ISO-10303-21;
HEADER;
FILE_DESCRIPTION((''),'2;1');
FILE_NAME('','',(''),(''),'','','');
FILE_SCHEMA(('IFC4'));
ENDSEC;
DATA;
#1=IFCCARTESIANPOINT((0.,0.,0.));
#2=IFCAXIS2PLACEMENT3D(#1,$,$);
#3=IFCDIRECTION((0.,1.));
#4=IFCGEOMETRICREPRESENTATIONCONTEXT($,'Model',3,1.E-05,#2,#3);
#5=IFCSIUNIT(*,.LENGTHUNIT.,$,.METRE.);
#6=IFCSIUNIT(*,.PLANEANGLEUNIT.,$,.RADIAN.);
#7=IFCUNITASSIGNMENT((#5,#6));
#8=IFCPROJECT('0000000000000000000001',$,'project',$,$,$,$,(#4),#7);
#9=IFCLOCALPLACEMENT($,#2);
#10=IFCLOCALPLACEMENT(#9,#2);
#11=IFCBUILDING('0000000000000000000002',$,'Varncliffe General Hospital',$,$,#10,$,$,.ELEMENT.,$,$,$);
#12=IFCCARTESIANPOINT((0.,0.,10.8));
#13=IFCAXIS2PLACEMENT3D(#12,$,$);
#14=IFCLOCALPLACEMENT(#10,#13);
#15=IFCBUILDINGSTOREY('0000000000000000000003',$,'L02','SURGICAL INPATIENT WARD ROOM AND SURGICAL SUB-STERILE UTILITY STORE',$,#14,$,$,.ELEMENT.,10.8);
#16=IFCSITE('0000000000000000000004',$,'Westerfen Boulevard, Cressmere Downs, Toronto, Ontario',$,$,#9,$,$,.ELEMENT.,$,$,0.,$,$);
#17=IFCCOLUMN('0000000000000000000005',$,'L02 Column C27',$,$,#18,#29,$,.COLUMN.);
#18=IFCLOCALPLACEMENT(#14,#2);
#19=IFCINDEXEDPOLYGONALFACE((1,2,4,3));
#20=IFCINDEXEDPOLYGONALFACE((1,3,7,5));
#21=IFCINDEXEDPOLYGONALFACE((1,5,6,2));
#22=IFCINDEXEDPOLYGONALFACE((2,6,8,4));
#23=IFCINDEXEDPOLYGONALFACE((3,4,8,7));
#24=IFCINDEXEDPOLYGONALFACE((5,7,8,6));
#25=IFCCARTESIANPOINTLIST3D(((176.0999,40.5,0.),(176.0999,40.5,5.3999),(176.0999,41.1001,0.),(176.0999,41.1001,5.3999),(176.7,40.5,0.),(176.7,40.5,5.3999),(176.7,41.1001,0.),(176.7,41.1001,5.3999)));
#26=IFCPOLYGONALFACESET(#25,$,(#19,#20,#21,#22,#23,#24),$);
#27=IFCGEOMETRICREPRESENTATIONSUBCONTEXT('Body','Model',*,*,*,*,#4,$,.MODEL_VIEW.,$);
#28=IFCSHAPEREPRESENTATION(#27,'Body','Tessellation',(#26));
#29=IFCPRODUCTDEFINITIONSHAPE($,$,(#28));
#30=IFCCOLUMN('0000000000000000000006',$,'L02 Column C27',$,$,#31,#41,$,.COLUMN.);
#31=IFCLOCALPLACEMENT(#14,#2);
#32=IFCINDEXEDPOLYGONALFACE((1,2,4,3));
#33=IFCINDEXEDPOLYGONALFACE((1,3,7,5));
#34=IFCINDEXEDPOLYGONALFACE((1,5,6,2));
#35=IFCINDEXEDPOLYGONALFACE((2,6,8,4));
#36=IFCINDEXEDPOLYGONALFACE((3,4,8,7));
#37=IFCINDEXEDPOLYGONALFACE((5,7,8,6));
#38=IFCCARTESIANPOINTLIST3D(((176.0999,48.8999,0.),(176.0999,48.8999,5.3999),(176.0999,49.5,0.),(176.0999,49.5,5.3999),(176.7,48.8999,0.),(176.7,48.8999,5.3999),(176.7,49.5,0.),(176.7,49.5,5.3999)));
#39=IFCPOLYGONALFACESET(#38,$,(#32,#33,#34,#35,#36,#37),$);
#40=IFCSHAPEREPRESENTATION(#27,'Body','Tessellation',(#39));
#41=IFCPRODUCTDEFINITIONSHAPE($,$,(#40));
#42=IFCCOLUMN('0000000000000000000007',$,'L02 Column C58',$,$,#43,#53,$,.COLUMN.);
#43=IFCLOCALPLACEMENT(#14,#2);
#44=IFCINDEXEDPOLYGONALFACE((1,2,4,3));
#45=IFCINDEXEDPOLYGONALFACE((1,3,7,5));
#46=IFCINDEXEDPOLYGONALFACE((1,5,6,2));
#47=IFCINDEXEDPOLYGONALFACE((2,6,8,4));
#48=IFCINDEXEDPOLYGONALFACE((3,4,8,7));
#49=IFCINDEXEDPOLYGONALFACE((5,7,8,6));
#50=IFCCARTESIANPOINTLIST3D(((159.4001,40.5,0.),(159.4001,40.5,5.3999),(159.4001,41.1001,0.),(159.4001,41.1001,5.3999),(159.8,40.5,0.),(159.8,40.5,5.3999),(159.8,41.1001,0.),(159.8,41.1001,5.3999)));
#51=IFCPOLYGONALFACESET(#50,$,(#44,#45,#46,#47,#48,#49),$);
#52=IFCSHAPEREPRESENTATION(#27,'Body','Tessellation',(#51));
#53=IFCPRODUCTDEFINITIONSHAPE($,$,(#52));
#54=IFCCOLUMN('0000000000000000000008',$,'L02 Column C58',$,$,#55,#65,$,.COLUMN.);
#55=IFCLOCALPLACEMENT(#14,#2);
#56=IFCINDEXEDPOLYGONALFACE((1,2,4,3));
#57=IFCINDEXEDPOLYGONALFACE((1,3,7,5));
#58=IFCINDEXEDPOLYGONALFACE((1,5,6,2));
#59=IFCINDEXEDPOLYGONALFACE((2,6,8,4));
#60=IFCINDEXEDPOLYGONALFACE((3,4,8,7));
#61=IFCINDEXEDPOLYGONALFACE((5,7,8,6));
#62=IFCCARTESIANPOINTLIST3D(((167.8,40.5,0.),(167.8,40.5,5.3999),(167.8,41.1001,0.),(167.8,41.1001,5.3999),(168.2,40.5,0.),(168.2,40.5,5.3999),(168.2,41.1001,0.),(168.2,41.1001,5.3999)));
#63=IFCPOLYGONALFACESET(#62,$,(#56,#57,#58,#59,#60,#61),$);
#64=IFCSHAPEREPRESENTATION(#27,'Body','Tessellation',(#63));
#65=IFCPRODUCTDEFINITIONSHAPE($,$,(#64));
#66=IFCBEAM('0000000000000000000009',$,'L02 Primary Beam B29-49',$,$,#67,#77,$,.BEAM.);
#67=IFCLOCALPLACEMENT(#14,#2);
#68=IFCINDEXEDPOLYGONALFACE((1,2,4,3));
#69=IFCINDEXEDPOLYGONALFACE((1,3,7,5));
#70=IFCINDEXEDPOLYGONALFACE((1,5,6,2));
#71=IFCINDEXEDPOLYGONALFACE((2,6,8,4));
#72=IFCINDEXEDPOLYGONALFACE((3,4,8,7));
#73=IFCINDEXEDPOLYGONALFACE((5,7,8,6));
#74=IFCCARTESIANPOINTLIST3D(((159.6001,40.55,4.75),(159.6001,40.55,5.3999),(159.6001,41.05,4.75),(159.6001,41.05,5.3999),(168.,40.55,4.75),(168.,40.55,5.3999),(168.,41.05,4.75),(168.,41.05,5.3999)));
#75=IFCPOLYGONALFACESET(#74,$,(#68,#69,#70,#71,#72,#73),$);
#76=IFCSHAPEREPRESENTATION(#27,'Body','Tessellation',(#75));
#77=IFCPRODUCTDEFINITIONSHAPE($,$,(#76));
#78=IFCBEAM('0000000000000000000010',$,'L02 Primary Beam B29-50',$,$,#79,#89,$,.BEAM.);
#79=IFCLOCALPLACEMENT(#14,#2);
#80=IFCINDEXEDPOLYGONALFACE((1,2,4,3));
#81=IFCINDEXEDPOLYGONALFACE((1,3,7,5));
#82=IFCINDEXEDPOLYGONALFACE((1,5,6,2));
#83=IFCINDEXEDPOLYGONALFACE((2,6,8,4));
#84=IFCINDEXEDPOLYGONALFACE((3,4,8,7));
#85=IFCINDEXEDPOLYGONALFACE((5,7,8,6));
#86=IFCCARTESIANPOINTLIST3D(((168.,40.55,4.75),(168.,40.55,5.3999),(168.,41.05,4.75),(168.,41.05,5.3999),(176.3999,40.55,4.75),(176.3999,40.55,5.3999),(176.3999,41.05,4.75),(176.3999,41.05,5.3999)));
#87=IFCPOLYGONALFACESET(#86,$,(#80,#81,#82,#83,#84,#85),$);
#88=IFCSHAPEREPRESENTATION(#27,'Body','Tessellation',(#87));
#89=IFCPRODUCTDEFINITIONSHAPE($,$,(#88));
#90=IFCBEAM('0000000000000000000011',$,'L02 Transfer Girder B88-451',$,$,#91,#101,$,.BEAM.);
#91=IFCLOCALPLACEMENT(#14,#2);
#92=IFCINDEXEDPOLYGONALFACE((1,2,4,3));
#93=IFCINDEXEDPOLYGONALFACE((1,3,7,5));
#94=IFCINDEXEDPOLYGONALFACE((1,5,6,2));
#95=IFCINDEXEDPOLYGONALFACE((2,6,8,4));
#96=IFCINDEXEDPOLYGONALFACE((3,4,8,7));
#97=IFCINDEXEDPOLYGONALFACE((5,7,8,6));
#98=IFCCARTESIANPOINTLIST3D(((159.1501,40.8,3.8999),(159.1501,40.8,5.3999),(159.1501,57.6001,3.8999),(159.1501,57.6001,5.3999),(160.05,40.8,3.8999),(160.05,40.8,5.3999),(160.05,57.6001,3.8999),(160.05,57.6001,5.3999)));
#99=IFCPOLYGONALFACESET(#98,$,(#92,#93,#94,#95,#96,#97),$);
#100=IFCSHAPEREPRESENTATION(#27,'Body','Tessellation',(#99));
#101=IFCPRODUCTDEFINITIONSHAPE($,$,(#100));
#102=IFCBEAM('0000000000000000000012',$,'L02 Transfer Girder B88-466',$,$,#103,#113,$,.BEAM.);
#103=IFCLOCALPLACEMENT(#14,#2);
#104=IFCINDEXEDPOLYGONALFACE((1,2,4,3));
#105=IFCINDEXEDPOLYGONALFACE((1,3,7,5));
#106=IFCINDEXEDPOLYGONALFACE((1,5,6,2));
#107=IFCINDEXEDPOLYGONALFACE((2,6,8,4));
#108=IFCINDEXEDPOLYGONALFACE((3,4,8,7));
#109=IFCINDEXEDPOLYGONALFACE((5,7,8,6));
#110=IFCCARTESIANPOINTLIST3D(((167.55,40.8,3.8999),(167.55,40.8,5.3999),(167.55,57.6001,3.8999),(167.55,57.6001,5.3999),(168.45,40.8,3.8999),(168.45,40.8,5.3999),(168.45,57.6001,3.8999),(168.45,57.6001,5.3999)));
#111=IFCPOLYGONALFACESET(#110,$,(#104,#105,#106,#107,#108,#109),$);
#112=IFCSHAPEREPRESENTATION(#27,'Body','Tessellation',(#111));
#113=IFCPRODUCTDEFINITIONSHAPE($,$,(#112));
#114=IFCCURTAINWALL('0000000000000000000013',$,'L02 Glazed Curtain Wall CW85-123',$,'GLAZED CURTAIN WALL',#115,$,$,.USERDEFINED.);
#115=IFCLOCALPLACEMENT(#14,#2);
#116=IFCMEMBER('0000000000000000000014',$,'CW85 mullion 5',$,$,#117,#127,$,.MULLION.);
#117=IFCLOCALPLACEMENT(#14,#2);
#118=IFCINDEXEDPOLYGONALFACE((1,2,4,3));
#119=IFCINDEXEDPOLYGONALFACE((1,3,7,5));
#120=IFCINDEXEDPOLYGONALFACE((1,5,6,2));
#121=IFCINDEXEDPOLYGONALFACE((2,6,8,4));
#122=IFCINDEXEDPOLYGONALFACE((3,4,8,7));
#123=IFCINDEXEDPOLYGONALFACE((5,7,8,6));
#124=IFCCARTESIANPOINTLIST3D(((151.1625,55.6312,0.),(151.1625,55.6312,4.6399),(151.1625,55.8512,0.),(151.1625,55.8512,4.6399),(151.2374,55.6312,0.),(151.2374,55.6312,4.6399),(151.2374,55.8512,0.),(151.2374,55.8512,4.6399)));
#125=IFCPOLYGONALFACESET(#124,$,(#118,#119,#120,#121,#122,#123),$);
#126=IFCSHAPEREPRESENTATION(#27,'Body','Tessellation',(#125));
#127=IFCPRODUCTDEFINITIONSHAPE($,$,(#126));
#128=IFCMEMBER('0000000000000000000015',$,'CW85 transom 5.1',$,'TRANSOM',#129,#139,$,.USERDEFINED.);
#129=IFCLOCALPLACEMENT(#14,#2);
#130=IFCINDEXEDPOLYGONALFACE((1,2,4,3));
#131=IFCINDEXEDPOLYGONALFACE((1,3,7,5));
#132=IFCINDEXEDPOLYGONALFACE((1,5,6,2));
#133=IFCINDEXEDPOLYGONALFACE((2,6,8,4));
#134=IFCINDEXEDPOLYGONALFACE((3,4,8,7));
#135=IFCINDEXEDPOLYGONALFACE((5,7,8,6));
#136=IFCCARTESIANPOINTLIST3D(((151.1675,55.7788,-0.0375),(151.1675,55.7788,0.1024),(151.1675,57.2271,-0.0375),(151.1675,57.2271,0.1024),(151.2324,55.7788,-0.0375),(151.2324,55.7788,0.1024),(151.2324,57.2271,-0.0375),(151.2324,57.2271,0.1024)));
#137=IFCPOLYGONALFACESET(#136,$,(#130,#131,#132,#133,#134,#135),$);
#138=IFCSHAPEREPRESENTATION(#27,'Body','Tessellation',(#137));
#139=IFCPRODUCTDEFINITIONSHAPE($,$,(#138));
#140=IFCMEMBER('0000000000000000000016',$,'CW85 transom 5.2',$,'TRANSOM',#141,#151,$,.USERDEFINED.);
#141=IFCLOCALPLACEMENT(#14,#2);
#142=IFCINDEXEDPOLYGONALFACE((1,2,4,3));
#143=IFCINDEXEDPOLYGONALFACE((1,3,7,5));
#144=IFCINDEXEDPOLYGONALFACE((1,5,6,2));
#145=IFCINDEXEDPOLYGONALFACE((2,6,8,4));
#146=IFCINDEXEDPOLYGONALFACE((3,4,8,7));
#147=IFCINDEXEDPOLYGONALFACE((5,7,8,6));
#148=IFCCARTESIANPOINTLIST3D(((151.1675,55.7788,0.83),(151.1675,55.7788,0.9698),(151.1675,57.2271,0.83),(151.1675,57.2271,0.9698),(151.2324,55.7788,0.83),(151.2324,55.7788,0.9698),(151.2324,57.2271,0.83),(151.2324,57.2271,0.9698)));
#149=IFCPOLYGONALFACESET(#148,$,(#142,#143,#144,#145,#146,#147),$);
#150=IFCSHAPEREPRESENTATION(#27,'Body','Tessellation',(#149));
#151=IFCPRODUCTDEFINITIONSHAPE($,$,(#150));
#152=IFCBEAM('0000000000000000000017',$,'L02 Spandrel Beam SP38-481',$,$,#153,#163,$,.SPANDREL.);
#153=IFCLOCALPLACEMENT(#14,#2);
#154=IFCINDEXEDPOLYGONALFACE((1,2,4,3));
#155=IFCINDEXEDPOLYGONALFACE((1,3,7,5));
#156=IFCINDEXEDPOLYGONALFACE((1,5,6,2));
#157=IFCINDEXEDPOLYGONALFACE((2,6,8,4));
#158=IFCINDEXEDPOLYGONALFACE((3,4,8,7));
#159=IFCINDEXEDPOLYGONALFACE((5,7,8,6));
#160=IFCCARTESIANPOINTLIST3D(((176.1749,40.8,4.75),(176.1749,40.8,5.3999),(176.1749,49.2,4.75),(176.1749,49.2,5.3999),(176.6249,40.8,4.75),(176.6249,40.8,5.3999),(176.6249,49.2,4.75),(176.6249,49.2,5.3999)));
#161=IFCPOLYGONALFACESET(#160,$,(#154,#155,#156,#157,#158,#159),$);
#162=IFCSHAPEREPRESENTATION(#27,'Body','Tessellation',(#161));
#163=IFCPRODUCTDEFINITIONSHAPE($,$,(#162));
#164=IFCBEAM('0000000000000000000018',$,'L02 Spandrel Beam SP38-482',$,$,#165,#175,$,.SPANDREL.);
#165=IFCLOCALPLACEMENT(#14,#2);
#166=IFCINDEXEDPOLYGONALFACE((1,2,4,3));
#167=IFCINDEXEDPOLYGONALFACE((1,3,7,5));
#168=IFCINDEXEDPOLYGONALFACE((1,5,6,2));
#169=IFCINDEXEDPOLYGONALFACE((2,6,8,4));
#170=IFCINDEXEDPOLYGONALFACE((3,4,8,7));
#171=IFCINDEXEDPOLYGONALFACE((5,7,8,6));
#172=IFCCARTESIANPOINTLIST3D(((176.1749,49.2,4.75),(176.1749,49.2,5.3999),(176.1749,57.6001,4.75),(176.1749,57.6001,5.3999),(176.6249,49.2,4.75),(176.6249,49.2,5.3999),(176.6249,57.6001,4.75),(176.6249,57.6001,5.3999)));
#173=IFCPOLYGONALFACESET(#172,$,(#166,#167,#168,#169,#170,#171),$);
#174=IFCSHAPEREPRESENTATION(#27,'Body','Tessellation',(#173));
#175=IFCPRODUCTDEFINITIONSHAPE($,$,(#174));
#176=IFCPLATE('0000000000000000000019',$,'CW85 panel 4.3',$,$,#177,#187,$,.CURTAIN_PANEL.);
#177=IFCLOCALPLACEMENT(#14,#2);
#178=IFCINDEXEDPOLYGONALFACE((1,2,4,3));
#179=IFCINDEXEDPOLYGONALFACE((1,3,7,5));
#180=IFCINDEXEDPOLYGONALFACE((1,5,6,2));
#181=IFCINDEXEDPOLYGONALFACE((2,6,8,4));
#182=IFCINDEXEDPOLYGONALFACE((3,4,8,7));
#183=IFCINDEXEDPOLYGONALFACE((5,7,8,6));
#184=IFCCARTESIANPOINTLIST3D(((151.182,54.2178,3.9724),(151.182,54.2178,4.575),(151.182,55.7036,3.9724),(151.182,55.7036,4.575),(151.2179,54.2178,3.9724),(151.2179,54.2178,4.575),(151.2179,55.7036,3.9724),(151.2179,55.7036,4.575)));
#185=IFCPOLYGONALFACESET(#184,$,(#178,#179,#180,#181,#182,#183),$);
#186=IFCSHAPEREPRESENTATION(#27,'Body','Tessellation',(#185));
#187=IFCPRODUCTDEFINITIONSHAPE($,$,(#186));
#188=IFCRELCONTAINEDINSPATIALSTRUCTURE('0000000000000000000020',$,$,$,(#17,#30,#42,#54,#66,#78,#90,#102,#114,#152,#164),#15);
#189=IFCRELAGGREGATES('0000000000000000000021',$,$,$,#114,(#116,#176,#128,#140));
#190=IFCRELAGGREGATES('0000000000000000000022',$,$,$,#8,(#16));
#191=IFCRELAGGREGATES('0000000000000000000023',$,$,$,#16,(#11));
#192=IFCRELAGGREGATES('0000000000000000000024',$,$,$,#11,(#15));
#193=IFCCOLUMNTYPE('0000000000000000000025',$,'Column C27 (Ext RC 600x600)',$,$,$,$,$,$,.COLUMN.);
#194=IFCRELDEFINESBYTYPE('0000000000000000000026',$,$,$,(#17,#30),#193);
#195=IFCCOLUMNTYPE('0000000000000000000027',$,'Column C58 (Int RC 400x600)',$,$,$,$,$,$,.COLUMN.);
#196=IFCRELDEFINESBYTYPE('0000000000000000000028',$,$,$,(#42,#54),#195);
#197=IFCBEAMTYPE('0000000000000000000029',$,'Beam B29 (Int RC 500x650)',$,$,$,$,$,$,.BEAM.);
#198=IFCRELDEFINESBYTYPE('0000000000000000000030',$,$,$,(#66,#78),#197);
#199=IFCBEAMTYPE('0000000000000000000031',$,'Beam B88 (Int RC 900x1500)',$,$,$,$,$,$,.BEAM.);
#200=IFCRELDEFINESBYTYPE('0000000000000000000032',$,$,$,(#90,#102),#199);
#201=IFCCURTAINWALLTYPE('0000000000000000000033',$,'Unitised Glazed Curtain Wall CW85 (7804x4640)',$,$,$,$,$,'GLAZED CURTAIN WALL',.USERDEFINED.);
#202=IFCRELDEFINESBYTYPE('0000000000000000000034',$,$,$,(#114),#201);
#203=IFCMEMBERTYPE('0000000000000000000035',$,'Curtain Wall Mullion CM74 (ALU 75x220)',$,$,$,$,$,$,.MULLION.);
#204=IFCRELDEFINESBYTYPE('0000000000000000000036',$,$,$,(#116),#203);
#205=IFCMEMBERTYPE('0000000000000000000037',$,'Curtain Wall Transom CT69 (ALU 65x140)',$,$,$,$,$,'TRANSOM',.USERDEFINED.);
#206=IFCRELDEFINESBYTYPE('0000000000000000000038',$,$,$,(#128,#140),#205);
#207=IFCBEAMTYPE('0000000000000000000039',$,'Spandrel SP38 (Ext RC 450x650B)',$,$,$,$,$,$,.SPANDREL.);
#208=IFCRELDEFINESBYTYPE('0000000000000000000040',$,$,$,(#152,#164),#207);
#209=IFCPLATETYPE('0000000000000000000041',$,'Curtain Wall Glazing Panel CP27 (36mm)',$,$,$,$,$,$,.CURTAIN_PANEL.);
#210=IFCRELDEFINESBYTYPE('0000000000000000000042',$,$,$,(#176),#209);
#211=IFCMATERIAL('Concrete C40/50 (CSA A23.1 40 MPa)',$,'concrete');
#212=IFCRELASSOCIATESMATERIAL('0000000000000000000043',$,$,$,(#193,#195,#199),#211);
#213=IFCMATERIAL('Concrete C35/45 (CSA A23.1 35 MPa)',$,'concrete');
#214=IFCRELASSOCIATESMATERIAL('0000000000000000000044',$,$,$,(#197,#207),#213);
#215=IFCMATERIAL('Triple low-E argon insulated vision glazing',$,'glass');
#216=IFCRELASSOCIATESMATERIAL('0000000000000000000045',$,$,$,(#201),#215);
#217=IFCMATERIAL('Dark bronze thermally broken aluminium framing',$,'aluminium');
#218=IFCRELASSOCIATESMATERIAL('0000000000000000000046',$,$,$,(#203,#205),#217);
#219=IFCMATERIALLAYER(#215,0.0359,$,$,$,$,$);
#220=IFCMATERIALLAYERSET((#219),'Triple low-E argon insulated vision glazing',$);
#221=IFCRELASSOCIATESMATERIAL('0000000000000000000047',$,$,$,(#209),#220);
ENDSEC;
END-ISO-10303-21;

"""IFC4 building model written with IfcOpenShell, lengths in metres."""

from ifc_helpers import new_model, si_unit, direction, frame, origin, origin_2d, place, context, subcontext, project, spatial, rectangle, extrude, material, layer, layer_set, material_profile, profile_set, type_object, element, aggregate, save


model = new_model("IFC4")

# Units and contexts
model_context = context("Model", 3, precision=1e-05, world=origin(), true_north=direction((0.0, 1.0)))
body_context = subcontext(model_context, "Body", "Model", "MODEL_VIEW")
ifc_project = project(units=[si_unit("LENGTHUNIT", "METRE"), si_unit("PLANEANGLEUNIT", "RADIAN")], contexts=[model_context])

# Site, building, storey
site_placement = place(None, origin())
site = spatial("IfcSite", under=ifc_project, at=site_placement, Name="Westerfen Boulevard, Cressmere Downs, Toronto, Ontario", CompositionType="ELEMENT", RefElevation=0.0)
building_placement = place(site_placement, origin())
building = spatial("IfcBuilding", under=site, at=building_placement, Name="Varncliffe General Hospital", CompositionType="ELEMENT")
storey_placement = place(building_placement, frame((0.0, 0.0, 10.8)))
storey = spatial("IfcBuildingStorey", under=building, at=storey_placement, Name="L02", Description="SURGICAL INPATIENT WARD ROOM AND SURGICAL SUB-STERILE UTILITY STORE", CompositionType="ELEMENT", Elevation=10.8)

# Columns
ifc_material_1 = material(Name="Concrete C40/50 (CSA A23.1 40 MPa)", Category="concrete")
ifc_material_profile_1 = material_profile(ifc_material_1, rectangle(XDim=0.6001, YDim=0.6001, at=origin_2d()), Name="RC 600x600")
ifc_profile_set_1 = profile_set([ifc_material_profile_1], Name="Concrete C40/50 (CSA A23.1 40 MPa)")
column_type_1 = type_object("IfcColumnType", Name="Column C27 (Ext RC 600x600)", PredefinedType="COLUMN", material=ifc_profile_set_1)
for number, where, z_axis, x_axis, name in (
    (1, (176.3999, 40.8, 0.0), (0.0, 0.0, 1.0), (1.0, 0.0, 0.0), "L02 Column C27"),
    (2, (176.3999, 49.2, 0.0), (0.0, 0.0, 1.0), (1.0, 0.0, 0.0), "L02 Column C27"),
):
    element("IfcColumn", number, at=place(storey_placement, frame(where, z_axis=z_axis, x_axis=x_axis)), inside=storey, type_object=column_type_1, Name=name, PredefinedType="COLUMN", context=body_context, shape_type="SweptSolid", body=[
        extrude(rectangle(XDim=0.6001, YDim=0.6001, at=origin_2d()), origin(), (0.0, 0.0, 1.0), 5.3999),
    ])
ifc_material_profile_2 = material_profile(ifc_material_1, rectangle(XDim=0.3999, YDim=0.6001, at=origin_2d()), Name="RC 400x600")
ifc_profile_set_2 = profile_set([ifc_material_profile_2], Name="Concrete C40/50 (CSA A23.1 40 MPa)")
column_type_2 = type_object("IfcColumnType", Name="Column C58 (Int RC 400x600)", PredefinedType="COLUMN", material=ifc_profile_set_2)
for number, where, z_axis, x_axis, name in (
    (3, (159.6001, 40.8, 0.0), (0.0, 0.0, 1.0), (1.0, 0.0, 0.0), "L02 Column C58"),
    (4, (168.0, 40.8, 0.0), (0.0, 0.0, 1.0), (1.0, 0.0, 0.0), "L02 Column C58"),
):
    element("IfcColumn", number, at=place(storey_placement, frame(where, z_axis=z_axis, x_axis=x_axis)), inside=storey, type_object=column_type_2, Name=name, PredefinedType="COLUMN", context=body_context, shape_type="SweptSolid", body=[
        extrude(rectangle(XDim=0.3999, YDim=0.6001, at=origin_2d()), origin(), (0.0, 0.0, 1.0), 5.3999),
    ])

# Beams
ifc_material_2 = material(Name="Concrete C35/45 (CSA A23.1 35 MPa)", Category="concrete")
ifc_material_profile_3 = material_profile(ifc_material_2, rectangle(XDim=0.5, YDim=0.6499, at=origin_2d()), Name="RC 500x650")
ifc_profile_set_3 = profile_set([ifc_material_profile_3], Name="Concrete C35/45 (CSA A23.1 35 MPa)")
beam_type_1 = type_object("IfcBeamType", Name="Beam B29 (Int RC 500x650)", PredefinedType="BEAM", material=ifc_profile_set_3)
for number, where, z_axis, x_axis, name in (
    (5, (159.6001, 40.8, 5.075), (1.0, 0.0, 0.0), (0.0, 1.0, 0.0), "L02 Primary Beam B29-49"),
    (6, (168.0, 40.8, 5.075), (1.0, 0.0, 0.0), (0.0, 1.0, 0.0), "L02 Primary Beam B29-50"),
):
    element("IfcBeam", number, at=place(storey_placement, frame(where, z_axis=z_axis, x_axis=x_axis)), inside=storey, type_object=beam_type_1, Name=name, PredefinedType="BEAM", context=body_context, shape_type="SweptSolid", body=[
        extrude(rectangle(XDim=0.5, YDim=0.6499, at=origin_2d()), origin(), (0.0, 0.0, 1.0), 8.3999),
    ])
ifc_material_profile_4 = material_profile(ifc_material_1, rectangle(XDim=0.8999, YDim=1.5, at=origin_2d()), Name="RC 900x1500")
ifc_profile_set_4 = profile_set([ifc_material_profile_4], Name="Concrete C40/50 (CSA A23.1 40 MPa)")
beam_type_2 = type_object("IfcBeamType", Name="Beam B88 (Int RC 900x1500)", PredefinedType="BEAM", material=ifc_profile_set_4)
for number, where, z_axis, x_axis, name in (
    (7, (159.6001, 40.8, 4.6499), (0.0, 1.0, 0.0), (-1.0, 0.0, 0.0), "L02 Transfer Girder B88-451"),
    (8, (168.0, 40.8, 4.6499), (0.0, 1.0, 0.0), (-1.0, 0.0, 0.0), "L02 Transfer Girder B88-466"),
):
    element("IfcBeam", number, at=place(storey_placement, frame(where, z_axis=z_axis, x_axis=x_axis)), inside=storey, type_object=beam_type_2, Name=name, PredefinedType="BEAM", context=body_context, shape_type="SweptSolid", body=[
        extrude(rectangle(XDim=0.8999, YDim=1.5, at=origin_2d()), origin(), (0.0, 0.0, 1.0), 16.8),
    ])

# Curtain wall, members
ifc_material_3 = material(Name="Triple low-E argon insulated vision glazing", Category="glass")
curtain_wall_type = type_object("IfcCurtainWallType", Name="Unitised Glazed Curtain Wall CW85 (7804x4640)", ElementType="GLAZED CURTAIN WALL", PredefinedType="USERDEFINED", material=ifc_material_3)
curtain_wall_placement = place(storey_placement, origin())
curtain_wall = element("IfcCurtainWall", 9, at=curtain_wall_placement, inside=storey, type_object=curtain_wall_type, Name="L02 Glazed Curtain Wall CW85-123", ObjectType="GLAZED CURTAIN WALL", PredefinedType="USERDEFINED")
ifc_material_4 = material(Name="Dark bronze thermally broken aluminium framing", Category="aluminium")
ifc_material_profile_5 = material_profile(ifc_material_4, rectangle(XDim=0.075, YDim=0.22, at=origin_2d()), Name="ALU 75x220")
ifc_profile_set_5 = profile_set([ifc_material_profile_5], Name="Dark bronze thermally broken aluminium framing")
member_type_1 = type_object("IfcMemberType", Name="Curtain Wall Mullion CM74 (ALU 75x220)", PredefinedType="MULLION", material=ifc_profile_set_5)
member_1_placement = place(storey_placement, frame((151.2, 55.7412, 0.0), z_axis=(0.0, 0.0, 1.0), x_axis=(-1.0, 0.0, 0.0)))
member_1 = element("IfcMember", 10, at=member_1_placement, type_object=member_type_1, Name="CW85 mullion 5", PredefinedType="MULLION", context=body_context, shape_type="SweptSolid", body=[
    extrude(rectangle(XDim=0.075, YDim=0.22, at=origin_2d()), origin(), (0.0, 0.0, 1.0), 4.6399),
])
ifc_material_profile_6 = material_profile(ifc_material_4, rectangle(XDim=0.0649, YDim=0.1399, at=origin_2d()), Name="ALU 65x140")
ifc_profile_set_6 = profile_set([ifc_material_profile_6], Name="Dark bronze thermally broken aluminium framing")
member_type_2 = type_object("IfcMemberType", Name="Curtain Wall Transom CT69 (ALU 65x140)", ElementType="TRANSOM", PredefinedType="USERDEFINED", material=ifc_profile_set_6)
member_2_placement = place(storey_placement, frame((151.2, 55.7788, 0.0325), z_axis=(0.0, 1.0, 0.0), x_axis=(-1.0, 0.0, 0.0)))
member_2 = element("IfcMember", 11, at=member_2_placement, type_object=member_type_2, Name="CW85 transom 5.1", ObjectType="TRANSOM", PredefinedType="USERDEFINED", context=body_context, shape_type="SweptSolid", body=[
    extrude(rectangle(XDim=0.0649, YDim=0.1399, at=origin_2d()), origin(), (0.0, 0.0, 1.0), 1.4482),
])
member_3_placement = place(storey_placement, frame((151.2, 55.7788, 0.8999), z_axis=(0.0, 1.0, 0.0), x_axis=(-1.0, 0.0, 0.0)))
member_3 = element("IfcMember", 12, at=member_3_placement, type_object=member_type_2, Name="CW85 transom 5.2", ObjectType="TRANSOM", PredefinedType="USERDEFINED", context=body_context, shape_type="SweptSolid", body=[
    extrude(rectangle(XDim=0.0649, YDim=0.1399, at=origin_2d()), origin(), (0.0, 0.0, 1.0), 1.4482),
])

# Beams
ifc_material_profile_7 = material_profile(ifc_material_2, rectangle(XDim=0.45, YDim=0.6499, at=origin_2d()), Name="RC 450x650")
ifc_profile_set_7 = profile_set([ifc_material_profile_7], Name="Concrete C35/45 (CSA A23.1 35 MPa)")
beam_type_3 = type_object("IfcBeamType", Name="Spandrel SP38 (Ext RC 450x650B)", PredefinedType="SPANDREL", material=ifc_profile_set_7)
beam_1_placement = place(storey_placement, frame((176.3999, 40.8, 5.075), z_axis=(0.0, 1.0, 0.0), x_axis=(-1.0, 0.0, 0.0)))
element("IfcBeam", 13, at=beam_1_placement, inside=storey, type_object=beam_type_3, Name="L02 Spandrel Beam SP38-481", PredefinedType="SPANDREL", context=body_context, shape_type="SweptSolid", body=[
    extrude(rectangle(XDim=0.45, YDim=0.6499, at=origin_2d()), origin(), (0.0, 0.0, 1.0), 8.3999),
])
beam_2_placement = place(storey_placement, frame((176.3999, 49.2, 5.075), z_axis=(0.0, 1.0, 0.0), x_axis=(-1.0, 0.0, 0.0)))
element("IfcBeam", 14, at=beam_2_placement, inside=storey, type_object=beam_type_3, Name="L02 Spandrel Beam SP38-482", PredefinedType="SPANDREL", context=body_context, shape_type="SweptSolid", body=[
    extrude(rectangle(XDim=0.45, YDim=0.6499, at=origin_2d()), origin(), (0.0, 0.0, 1.0), 8.4001),
])

# Plate
ifc_layer_1 = layer(ifc_material_3, 0.0359)
ifc_layer_set_1 = layer_set([ifc_layer_1], Name="Triple low-E argon insulated vision glazing")
plate_type = type_object("IfcPlateType", Name="Curtain Wall Glazing Panel CP27 (36mm)", PredefinedType="CURTAIN_PANEL", material=ifc_layer_set_1)
plate_placement = place(storey_placement, frame((151.2, 54.9607, 3.9724), z_axis=(0.0, 0.0, 1.0), x_axis=(0.0, 1.0, 0.0)))
plate = element("IfcPlate", 15, at=plate_placement, type_object=plate_type, Name="CW85 panel 4.3", PredefinedType="CURTAIN_PANEL", context=body_context, shape_type="SweptSolid", body=[
    extrude(rectangle(XDim=1.4858, YDim=0.0359, at=origin_2d()), origin(), (0.0, 0.0, 1.0), 0.6025),
])
aggregate(curtain_wall, [member_1, plate, member_2, member_3])

save(model, "model.ifc")
